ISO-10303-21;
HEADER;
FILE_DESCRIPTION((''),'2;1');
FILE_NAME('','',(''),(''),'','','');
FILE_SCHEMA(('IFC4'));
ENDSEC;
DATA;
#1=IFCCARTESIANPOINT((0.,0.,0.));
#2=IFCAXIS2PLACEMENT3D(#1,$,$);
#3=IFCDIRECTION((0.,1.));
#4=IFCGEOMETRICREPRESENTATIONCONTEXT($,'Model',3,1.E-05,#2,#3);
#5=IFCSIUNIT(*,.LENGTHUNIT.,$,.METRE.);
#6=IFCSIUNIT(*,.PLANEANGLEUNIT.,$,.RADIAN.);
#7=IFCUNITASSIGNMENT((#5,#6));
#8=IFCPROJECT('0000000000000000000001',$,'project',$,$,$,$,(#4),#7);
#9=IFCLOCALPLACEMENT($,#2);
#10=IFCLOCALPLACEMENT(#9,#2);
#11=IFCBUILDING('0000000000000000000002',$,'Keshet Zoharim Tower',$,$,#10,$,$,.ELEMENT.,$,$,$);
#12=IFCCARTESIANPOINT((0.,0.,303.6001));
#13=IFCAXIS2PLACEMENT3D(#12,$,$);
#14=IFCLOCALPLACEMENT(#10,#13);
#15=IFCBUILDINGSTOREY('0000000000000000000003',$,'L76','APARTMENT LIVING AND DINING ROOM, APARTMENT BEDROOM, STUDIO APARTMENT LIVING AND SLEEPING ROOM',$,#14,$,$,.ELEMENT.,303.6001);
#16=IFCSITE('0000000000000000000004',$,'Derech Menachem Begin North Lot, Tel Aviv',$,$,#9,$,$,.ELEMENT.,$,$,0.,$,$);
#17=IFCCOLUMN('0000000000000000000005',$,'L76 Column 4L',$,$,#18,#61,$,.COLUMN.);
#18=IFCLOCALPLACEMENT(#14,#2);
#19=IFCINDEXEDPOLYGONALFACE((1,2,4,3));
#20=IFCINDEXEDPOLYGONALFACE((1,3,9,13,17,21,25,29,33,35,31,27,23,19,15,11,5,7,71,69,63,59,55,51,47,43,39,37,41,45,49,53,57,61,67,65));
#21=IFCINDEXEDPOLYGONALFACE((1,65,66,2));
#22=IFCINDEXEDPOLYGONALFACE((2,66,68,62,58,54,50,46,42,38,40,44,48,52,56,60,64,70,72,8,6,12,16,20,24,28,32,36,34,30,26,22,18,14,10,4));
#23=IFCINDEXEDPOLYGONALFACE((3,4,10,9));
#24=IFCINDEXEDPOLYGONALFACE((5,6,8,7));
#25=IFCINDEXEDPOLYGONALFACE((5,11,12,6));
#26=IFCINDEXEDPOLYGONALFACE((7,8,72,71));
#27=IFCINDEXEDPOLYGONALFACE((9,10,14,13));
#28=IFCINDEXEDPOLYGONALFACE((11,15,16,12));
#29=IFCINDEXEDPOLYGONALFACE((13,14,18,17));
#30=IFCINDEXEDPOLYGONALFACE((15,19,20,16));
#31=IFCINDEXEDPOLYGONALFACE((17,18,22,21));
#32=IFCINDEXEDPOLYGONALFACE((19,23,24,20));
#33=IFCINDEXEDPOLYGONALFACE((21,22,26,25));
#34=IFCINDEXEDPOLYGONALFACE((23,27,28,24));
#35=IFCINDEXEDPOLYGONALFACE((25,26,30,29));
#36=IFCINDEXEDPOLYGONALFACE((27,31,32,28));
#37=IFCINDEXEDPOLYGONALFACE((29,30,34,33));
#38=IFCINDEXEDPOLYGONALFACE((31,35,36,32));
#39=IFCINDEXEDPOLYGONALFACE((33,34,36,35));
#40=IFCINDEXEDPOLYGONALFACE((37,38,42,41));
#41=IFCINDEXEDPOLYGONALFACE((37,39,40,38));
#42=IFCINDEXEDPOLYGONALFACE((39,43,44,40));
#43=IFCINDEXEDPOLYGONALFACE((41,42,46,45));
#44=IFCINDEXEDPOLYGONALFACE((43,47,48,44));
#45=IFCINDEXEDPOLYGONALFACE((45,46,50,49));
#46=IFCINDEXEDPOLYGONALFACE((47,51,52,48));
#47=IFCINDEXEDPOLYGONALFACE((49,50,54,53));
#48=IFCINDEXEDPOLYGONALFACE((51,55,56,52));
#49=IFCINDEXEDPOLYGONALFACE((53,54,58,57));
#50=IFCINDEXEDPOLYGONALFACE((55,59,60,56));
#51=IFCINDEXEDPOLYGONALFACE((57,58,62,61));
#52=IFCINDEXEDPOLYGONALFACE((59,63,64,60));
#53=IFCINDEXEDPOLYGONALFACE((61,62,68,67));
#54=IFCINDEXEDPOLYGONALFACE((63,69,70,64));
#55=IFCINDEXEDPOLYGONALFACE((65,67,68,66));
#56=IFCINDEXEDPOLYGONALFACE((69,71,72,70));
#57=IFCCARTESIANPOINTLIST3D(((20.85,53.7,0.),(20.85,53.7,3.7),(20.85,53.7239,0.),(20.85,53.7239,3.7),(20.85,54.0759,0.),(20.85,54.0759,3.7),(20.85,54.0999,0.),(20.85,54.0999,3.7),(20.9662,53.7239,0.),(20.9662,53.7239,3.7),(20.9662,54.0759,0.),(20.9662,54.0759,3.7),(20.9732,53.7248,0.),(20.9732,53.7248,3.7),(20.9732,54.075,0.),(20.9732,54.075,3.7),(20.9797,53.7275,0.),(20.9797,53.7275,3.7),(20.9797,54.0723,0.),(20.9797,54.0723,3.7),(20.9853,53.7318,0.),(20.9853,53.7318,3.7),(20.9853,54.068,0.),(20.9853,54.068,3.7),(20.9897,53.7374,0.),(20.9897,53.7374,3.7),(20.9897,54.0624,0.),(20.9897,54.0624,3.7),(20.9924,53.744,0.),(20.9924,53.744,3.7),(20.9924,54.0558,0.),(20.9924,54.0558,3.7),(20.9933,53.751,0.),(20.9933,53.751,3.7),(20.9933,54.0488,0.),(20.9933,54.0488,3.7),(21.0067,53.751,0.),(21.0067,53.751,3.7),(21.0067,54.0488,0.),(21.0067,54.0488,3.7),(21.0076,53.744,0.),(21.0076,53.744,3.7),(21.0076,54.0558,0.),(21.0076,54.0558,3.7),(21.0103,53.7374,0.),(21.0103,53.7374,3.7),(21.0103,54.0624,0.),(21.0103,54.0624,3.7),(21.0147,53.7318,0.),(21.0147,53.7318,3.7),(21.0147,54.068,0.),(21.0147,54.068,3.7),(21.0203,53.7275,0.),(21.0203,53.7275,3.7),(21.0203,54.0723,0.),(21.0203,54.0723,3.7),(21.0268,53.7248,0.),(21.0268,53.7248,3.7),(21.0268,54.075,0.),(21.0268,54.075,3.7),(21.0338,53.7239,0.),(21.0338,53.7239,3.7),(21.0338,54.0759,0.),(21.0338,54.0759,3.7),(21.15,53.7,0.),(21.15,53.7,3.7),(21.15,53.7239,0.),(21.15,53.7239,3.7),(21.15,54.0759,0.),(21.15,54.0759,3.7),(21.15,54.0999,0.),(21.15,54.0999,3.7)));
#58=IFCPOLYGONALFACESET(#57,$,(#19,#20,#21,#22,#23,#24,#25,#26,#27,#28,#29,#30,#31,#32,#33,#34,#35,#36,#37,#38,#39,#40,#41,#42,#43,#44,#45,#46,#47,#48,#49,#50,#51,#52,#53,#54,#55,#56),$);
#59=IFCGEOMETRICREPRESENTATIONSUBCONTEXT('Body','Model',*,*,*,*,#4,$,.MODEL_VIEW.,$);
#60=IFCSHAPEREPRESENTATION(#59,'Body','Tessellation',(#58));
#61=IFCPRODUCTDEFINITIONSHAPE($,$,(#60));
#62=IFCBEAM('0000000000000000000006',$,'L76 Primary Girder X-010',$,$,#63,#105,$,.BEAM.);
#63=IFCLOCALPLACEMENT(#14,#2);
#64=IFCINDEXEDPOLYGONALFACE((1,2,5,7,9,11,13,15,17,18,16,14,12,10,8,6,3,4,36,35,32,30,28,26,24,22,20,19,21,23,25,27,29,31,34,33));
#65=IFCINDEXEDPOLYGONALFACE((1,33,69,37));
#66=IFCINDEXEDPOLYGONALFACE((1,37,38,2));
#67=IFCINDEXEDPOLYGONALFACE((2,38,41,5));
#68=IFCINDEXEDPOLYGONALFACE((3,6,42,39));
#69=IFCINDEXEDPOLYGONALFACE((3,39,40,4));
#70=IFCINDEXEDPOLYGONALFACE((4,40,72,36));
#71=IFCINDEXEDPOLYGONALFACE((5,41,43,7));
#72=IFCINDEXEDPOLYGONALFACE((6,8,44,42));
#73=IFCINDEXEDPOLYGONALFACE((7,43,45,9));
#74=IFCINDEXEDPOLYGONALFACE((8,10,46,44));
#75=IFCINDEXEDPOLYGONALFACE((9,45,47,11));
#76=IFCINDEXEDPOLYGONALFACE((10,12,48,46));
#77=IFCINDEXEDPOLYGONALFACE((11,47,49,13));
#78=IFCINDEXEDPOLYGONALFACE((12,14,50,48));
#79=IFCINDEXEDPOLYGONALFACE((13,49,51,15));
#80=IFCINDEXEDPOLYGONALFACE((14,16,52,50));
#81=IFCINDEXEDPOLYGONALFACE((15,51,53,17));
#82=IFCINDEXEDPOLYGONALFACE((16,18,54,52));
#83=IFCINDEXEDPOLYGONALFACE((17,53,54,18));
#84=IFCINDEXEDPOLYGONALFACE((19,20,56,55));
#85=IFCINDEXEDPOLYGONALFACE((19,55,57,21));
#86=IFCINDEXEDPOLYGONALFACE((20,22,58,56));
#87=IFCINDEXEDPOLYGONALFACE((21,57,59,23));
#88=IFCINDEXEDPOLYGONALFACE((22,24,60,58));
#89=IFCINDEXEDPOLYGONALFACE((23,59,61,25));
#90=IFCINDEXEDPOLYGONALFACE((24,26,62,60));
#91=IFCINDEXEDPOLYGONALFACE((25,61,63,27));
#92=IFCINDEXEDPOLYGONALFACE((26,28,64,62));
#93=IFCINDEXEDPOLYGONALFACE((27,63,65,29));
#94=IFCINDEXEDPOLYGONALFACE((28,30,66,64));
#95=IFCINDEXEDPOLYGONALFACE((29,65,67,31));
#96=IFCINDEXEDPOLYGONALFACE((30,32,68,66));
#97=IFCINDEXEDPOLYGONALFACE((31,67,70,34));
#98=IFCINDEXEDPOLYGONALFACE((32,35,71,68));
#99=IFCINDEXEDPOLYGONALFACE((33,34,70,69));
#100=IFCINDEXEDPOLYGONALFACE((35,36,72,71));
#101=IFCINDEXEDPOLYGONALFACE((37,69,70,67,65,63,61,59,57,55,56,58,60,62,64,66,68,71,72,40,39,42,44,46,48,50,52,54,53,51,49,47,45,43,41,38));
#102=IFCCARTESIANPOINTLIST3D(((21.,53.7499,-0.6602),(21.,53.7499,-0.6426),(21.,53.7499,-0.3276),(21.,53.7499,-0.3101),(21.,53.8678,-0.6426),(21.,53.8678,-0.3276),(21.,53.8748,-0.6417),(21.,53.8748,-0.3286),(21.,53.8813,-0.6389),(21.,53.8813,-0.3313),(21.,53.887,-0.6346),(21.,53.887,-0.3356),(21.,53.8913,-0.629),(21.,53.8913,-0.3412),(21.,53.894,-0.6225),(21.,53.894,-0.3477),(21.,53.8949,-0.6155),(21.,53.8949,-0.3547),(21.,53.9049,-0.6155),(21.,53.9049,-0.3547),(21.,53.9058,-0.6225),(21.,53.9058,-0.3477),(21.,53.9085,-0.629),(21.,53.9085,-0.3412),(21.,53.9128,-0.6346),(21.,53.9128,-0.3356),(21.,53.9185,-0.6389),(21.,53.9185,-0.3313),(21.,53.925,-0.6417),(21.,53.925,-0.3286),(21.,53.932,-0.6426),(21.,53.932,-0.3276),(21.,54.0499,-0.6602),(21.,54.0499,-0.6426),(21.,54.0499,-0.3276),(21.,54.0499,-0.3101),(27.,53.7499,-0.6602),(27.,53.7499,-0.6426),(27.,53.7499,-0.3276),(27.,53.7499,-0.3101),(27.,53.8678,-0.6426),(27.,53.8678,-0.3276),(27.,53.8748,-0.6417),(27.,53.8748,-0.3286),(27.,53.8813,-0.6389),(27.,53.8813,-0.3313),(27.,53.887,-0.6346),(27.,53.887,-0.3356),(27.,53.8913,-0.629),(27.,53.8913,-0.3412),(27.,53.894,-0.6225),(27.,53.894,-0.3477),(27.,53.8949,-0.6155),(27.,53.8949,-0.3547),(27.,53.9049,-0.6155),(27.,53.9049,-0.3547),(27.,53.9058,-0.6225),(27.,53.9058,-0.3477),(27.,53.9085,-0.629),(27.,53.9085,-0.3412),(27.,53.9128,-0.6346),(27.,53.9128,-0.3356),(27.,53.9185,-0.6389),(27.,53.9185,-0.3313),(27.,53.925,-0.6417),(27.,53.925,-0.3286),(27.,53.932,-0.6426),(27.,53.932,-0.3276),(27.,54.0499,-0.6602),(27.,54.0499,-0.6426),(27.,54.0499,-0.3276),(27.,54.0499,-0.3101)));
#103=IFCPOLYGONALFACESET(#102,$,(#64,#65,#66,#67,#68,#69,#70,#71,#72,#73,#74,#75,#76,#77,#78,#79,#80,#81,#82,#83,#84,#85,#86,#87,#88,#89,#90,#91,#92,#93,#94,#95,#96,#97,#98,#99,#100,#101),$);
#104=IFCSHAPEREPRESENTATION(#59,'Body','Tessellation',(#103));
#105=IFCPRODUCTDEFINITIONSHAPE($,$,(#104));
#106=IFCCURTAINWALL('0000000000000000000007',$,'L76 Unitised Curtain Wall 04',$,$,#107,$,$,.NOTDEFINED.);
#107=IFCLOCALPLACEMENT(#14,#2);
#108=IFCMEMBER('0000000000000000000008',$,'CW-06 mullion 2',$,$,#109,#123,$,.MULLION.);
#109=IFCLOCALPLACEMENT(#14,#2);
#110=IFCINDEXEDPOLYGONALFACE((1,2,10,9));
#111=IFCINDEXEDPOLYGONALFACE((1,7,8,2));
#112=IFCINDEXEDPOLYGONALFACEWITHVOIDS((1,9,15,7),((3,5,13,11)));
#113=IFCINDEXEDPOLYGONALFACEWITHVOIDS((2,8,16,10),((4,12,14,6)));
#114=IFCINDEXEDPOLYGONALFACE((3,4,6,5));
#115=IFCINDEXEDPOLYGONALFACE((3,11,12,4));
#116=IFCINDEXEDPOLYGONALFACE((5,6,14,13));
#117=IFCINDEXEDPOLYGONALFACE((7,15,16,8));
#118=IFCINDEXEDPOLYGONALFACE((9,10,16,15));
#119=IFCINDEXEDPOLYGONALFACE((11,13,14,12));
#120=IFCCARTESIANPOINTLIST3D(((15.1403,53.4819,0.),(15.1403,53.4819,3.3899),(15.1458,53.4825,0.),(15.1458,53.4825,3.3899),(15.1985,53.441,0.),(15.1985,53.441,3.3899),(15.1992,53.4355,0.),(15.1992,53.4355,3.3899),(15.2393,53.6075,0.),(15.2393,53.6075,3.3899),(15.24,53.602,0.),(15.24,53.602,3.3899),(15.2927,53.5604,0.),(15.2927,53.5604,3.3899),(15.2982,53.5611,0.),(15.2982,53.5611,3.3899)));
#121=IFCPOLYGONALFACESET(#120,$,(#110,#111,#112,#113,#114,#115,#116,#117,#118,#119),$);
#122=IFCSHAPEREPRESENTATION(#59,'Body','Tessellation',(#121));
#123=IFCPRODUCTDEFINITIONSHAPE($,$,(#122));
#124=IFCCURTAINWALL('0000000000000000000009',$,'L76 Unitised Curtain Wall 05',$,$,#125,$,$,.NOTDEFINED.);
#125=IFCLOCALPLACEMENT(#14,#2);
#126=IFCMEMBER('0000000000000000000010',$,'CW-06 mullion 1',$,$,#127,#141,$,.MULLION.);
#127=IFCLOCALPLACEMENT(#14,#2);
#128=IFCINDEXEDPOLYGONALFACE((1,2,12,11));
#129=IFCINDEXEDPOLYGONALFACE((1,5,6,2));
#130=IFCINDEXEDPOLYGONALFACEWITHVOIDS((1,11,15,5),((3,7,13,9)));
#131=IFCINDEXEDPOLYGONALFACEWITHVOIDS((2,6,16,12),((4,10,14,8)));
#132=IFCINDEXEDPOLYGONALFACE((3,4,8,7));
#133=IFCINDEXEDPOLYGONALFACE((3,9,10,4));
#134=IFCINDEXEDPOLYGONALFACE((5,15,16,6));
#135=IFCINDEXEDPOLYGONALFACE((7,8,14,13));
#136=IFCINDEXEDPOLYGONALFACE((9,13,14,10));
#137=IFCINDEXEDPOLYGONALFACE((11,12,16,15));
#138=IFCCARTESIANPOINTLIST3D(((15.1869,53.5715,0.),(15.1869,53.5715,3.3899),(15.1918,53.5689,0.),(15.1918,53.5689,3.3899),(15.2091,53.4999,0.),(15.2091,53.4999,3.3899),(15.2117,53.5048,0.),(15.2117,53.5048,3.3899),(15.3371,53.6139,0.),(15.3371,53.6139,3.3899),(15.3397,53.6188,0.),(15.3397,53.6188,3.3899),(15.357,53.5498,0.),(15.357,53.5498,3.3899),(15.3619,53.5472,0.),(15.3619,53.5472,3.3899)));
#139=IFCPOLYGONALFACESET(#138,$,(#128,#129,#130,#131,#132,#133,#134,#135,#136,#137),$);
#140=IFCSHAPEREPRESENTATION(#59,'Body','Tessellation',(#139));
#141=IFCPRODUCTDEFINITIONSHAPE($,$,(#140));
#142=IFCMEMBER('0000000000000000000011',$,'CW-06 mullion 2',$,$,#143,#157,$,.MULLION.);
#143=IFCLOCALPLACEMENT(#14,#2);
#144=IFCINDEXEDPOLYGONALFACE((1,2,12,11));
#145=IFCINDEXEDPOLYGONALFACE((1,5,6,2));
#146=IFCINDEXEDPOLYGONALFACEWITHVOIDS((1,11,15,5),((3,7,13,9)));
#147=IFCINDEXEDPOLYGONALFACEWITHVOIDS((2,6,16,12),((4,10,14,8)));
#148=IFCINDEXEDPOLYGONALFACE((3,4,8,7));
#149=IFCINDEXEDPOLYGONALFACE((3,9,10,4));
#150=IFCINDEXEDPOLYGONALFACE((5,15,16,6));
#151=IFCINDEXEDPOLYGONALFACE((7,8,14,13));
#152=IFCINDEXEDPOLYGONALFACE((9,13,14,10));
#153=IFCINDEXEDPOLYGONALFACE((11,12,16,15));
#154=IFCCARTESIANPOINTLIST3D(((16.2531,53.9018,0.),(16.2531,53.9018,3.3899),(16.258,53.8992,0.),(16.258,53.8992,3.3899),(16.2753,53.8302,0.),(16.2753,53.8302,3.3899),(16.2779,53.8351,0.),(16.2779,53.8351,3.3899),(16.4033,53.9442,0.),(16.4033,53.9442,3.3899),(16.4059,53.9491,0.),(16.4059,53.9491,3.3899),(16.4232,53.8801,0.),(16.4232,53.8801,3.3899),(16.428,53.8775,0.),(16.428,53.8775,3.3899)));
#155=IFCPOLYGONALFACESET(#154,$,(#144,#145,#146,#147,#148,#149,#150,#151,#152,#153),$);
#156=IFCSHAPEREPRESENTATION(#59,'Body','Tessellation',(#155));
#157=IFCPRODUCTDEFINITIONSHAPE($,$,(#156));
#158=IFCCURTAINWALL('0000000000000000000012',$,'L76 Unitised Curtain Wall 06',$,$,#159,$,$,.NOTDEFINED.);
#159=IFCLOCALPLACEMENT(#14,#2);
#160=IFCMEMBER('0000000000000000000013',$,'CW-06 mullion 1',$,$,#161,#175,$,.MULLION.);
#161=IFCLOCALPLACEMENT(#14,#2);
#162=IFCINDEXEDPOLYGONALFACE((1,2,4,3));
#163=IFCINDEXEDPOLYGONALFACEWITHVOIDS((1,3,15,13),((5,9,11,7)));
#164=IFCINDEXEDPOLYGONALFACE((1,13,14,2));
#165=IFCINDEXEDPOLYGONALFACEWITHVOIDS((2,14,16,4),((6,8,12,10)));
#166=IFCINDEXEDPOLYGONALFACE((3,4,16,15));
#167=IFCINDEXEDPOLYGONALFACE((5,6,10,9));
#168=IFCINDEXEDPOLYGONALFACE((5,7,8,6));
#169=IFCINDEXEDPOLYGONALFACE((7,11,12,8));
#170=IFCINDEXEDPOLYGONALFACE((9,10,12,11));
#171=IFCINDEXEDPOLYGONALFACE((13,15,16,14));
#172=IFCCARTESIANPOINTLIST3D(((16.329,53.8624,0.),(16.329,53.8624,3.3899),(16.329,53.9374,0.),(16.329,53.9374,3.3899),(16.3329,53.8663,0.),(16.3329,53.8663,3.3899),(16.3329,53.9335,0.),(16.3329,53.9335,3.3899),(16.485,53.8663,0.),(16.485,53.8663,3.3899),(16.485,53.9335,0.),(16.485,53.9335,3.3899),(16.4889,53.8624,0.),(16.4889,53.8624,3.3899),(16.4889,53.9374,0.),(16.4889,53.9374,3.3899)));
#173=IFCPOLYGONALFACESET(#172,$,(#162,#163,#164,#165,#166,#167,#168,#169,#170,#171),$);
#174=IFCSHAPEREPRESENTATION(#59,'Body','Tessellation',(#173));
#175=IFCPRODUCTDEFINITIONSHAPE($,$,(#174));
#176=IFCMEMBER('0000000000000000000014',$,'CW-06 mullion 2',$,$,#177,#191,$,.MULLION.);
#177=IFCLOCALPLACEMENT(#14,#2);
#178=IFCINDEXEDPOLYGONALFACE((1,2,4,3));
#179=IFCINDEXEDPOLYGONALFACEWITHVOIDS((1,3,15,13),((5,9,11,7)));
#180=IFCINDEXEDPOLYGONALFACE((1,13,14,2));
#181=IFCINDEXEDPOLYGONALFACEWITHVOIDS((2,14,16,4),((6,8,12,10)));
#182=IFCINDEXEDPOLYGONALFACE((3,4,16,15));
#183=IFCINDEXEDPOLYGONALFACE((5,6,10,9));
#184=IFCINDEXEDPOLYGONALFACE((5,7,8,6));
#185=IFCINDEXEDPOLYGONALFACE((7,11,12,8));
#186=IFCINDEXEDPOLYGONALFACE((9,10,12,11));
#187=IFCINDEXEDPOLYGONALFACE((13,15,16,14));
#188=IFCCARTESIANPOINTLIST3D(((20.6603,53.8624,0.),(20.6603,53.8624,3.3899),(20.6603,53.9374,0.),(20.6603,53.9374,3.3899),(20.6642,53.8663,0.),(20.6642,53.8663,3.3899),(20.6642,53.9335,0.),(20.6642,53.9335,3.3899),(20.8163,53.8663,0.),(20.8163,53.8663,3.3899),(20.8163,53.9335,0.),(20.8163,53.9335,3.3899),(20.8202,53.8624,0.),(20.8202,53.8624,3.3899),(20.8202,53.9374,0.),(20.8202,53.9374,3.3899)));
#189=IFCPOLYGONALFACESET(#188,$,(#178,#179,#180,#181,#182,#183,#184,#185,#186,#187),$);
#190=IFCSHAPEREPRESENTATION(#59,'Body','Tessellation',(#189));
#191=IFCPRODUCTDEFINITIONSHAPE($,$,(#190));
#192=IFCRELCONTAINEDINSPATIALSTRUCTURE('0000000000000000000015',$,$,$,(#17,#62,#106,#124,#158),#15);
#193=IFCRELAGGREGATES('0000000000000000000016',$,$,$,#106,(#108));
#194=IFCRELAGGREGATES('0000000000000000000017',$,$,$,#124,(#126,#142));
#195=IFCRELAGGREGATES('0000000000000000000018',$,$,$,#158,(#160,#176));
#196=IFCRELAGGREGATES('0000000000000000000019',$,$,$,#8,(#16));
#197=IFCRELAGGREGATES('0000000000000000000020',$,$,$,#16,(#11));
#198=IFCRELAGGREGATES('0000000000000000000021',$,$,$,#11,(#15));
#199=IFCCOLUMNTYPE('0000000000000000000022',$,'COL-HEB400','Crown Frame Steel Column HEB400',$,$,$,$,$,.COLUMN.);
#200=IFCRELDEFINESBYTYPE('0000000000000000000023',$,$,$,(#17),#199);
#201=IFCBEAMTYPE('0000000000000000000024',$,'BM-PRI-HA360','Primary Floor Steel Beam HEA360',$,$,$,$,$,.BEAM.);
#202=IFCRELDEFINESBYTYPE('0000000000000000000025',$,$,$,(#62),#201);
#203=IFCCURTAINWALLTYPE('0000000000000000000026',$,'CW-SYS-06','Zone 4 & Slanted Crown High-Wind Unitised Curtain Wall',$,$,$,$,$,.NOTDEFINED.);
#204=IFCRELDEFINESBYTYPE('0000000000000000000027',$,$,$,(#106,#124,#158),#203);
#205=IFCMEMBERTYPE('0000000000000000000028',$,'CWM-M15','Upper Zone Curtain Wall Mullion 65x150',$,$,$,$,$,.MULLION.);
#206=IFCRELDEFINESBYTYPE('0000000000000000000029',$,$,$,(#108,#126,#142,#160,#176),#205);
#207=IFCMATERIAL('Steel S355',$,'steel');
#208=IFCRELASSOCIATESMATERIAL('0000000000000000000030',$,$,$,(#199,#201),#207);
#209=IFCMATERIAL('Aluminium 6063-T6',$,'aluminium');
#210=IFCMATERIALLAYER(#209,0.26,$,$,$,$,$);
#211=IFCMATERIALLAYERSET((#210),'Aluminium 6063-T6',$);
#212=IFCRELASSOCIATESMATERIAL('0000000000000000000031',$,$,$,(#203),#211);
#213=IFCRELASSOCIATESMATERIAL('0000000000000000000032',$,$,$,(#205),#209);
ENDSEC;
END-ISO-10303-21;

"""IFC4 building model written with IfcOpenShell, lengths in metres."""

from ifc_helpers import new_model, si_unit, direction, frame, origin, origin_2d, place, context, subcontext, project, spatial, hollow_rectangle, i_section, extrude, material, layer, layer_set, material_profile, profile_set, type_object, element, aggregate, save


model = new_model("IFC4")

# Units and contexts
model_context = context("Model", 3, precision=1e-05, world=origin(), true_north=direction((0.0, 1.0)))
body_context = subcontext(model_context, "Body", "Model", "MODEL_VIEW")
ifc_project = project(units=[si_unit("LENGTHUNIT", "METRE"), si_unit("PLANEANGLEUNIT", "RADIAN")], contexts=[model_context])

# Site, building, storey
site_placement = place(None, origin())
site = spatial("IfcSite", under=ifc_project, at=site_placement, Name="Derech Menachem Begin North Lot, Tel Aviv", CompositionType="ELEMENT", RefElevation=0.0)
building_placement = place(site_placement, origin())
building = spatial("IfcBuilding", under=site, at=building_placement, Name="Keshet Zoharim Tower", CompositionType="ELEMENT")
storey_placement = place(building_placement, frame((0.0, 0.0, 303.6001)))
storey = spatial("IfcBuildingStorey", under=building, at=storey_placement, Name="L76", Description="APARTMENT LIVING AND DINING ROOM, APARTMENT BEDROOM, STUDIO APARTMENT LIVING AND SLEEPING ROOM", CompositionType="ELEMENT", Elevation=303.6001)

# Column
ifc_material_1 = material(Name="Steel S355", Category="steel")
ifc_material_profile_1 = material_profile(ifc_material_1, i_section(OverallWidth=0.3, OverallDepth=0.3999, WebThickness=0.0134, FlangeThickness=0.0239, FilletRadius=0.0271, at=origin_2d()), Name="HEB400")
ifc_profile_set_1 = profile_set([ifc_material_profile_1], Name="Steel S355")
column_type = type_object("IfcColumnType", Name="COL-HEB400", Description="Crown Frame Steel Column HEB400", PredefinedType="COLUMN", material=ifc_profile_set_1)
column_placement = place(storey_placement, frame((21.0, 53.8999, 0.0), z_axis=(0.0, 0.0, 1.0), x_axis=(1.0, 0.0, 0.0)))
element("IfcColumn", 1, at=column_placement, inside=storey, type_object=column_type, Name="L76 Column 4L", PredefinedType="COLUMN", context=body_context, shape_type="SweptSolid", body=[
    extrude(i_section(OverallWidth=0.3, OverallDepth=0.3999, WebThickness=0.0134, FlangeThickness=0.0239, FilletRadius=0.0271, at=origin_2d()), origin(), (0.0, 0.0, 1.0), 3.7),
])

# Beam
ifc_material_profile_2 = material_profile(ifc_material_1, i_section(OverallWidth=0.3, OverallDepth=0.3501, WebThickness=0.01, FlangeThickness=0.0176, FilletRadius=0.0271, at=origin_2d()), Name="HEA360")
ifc_profile_set_2 = profile_set([ifc_material_profile_2], Name="Steel S355")
beam_type = type_object("IfcBeamType", Name="BM-PRI-HA360", Description="Primary Floor Steel Beam HEA360", PredefinedType="BEAM", material=ifc_profile_set_2)
beam_placement = place(storey_placement, frame((21.0, 53.8999, -0.4851), z_axis=(1.0, 0.0, 0.0), x_axis=(0.0, 1.0, 0.0)))
element("IfcBeam", 2, at=beam_placement, inside=storey, type_object=beam_type, Name="L76 Primary Girder X-010", PredefinedType="BEAM", context=body_context, shape_type="SweptSolid", body=[
    extrude(i_section(OverallWidth=0.3, OverallDepth=0.3501, WebThickness=0.01, FlangeThickness=0.0176, FilletRadius=0.0271, at=origin_2d()), origin(), (0.0, 0.0, 1.0), 6.0),
])

# Curtain wall, member
ifc_material_2 = material(Name="Aluminium 6063-T6", Category="aluminium")
ifc_layer_1 = layer(ifc_material_2, 0.26)
ifc_layer_set_1 = layer_set([ifc_layer_1], Name="Aluminium 6063-T6")
curtain_wall_type = type_object("IfcCurtainWallType", Name="CW-SYS-06", Description="Zone 4 & Slanted Crown High-Wind Unitised Curtain Wall", PredefinedType="NOTDEFINED", material=ifc_layer_set_1)
curtain_wall_1_placement = place(storey_placement, origin())
curtain_wall_1 = element("IfcCurtainWall", 3, at=curtain_wall_1_placement, inside=storey, type_object=curtain_wall_type, Name="L76 Unitised Curtain Wall 04", PredefinedType="NOTDEFINED")
ifc_material_profile_3 = material_profile(ifc_material_2, hollow_rectangle(XDim=0.075, YDim=0.1599, WallThickness=0.0039, at=origin_2d()), Name="MUL-75x160")
ifc_profile_set_3 = profile_set([ifc_material_profile_3], Name="Aluminium 6063-T6")
member_type_1 = type_object("IfcMemberType", Name="CWM-M15", Description="Upper Zone Curtain Wall Mullion 65x150", PredefinedType="MULLION", material=ifc_profile_set_3)
member_1_placement = place(storey_placement, frame((15.2192, 53.5215, 0.0), z_axis=(0.0, 0.0, 1.0), x_axis=(-0.785293, 0.619125, 0.0)))
member_1 = element("IfcMember", 4, at=member_1_placement, type_object=member_type_1, Name="CW-06 mullion 2", PredefinedType="MULLION", context=body_context, shape_type="SweptSolid", body=[
    extrude(hollow_rectangle(XDim=0.075, YDim=0.1599, WallThickness=0.0039, at=origin_2d()), origin(), (0.0, 0.0, 1.0), 3.3899),
])

# Curtain walls, members
curtain_wall_2_placement = place(storey_placement, origin())
curtain_wall_2 = element("IfcCurtainWall", 5, at=curtain_wall_2_placement, inside=storey, type_object=curtain_wall_type, Name="L76 Unitised Curtain Wall 05", PredefinedType="NOTDEFINED")
member_2_placement = place(storey_placement, frame((15.2744, 53.5593, 0.0), z_axis=(0.0, 0.0, 1.0), x_axis=(-0.295922, 0.955212, 0.0)))
member_2 = element("IfcMember", 6, at=member_2_placement, type_object=member_type_1, Name="CW-06 mullion 1", PredefinedType="MULLION", context=body_context, shape_type="SweptSolid", body=[
    extrude(hollow_rectangle(XDim=0.075, YDim=0.1599, WallThickness=0.0039, at=origin_2d()), origin(), (0.0, 0.0, 1.0), 3.3899),
])
member_3_placement = place(storey_placement, frame((16.3406, 53.8896, 0.0), z_axis=(0.0, 0.0, 1.0), x_axis=(-0.295922, 0.955212, 0.0)))
member_3 = element("IfcMember", 7, at=member_3_placement, type_object=member_type_1, Name="CW-06 mullion 2", PredefinedType="MULLION", context=body_context, shape_type="SweptSolid", body=[
    extrude(hollow_rectangle(XDim=0.075, YDim=0.1599, WallThickness=0.0039, at=origin_2d()), origin(), (0.0, 0.0, 1.0), 3.3899),
])
curtain_wall_3_placement = place(storey_placement, origin())
curtain_wall_3 = element("IfcCurtainWall", 8, at=curtain_wall_3_placement, inside=storey, type_object=curtain_wall_type, Name="L76 Unitised Curtain Wall 06", PredefinedType="NOTDEFINED")
member_4_placement = place(storey_placement, frame((16.4089, 53.8999, 0.0), z_axis=(0.0, 0.0, 1.0), x_axis=(0.0, 1.0, 0.0)))
member_4 = element("IfcMember", 9, at=member_4_placement, type_object=member_type_1, Name="CW-06 mullion 1", PredefinedType="MULLION", context=body_context, shape_type="SweptSolid", body=[
    extrude(hollow_rectangle(XDim=0.075, YDim=0.1599, WallThickness=0.0039, at=origin_2d()), origin(), (0.0, 0.0, 1.0), 3.3899),
])
member_5_placement = place(storey_placement, frame((20.7402, 53.8999, 0.0), z_axis=(0.0, 0.0, 1.0), x_axis=(0.0, 1.0, 0.0)))
member_5 = element("IfcMember", 10, at=member_5_placement, type_object=member_type_1, Name="CW-06 mullion 2", PredefinedType="MULLION", context=body_context, shape_type="SweptSolid", body=[
    extrude(hollow_rectangle(XDim=0.075, YDim=0.1599, WallThickness=0.0039, at=origin_2d()), origin(), (0.0, 0.0, 1.0), 3.3899),
])

aggregate(curtain_wall_1, [member_1])
aggregate(curtain_wall_2, [member_2, member_3])
aggregate(curtain_wall_3, [member_4, member_5])

save(model, "model.ifc")
